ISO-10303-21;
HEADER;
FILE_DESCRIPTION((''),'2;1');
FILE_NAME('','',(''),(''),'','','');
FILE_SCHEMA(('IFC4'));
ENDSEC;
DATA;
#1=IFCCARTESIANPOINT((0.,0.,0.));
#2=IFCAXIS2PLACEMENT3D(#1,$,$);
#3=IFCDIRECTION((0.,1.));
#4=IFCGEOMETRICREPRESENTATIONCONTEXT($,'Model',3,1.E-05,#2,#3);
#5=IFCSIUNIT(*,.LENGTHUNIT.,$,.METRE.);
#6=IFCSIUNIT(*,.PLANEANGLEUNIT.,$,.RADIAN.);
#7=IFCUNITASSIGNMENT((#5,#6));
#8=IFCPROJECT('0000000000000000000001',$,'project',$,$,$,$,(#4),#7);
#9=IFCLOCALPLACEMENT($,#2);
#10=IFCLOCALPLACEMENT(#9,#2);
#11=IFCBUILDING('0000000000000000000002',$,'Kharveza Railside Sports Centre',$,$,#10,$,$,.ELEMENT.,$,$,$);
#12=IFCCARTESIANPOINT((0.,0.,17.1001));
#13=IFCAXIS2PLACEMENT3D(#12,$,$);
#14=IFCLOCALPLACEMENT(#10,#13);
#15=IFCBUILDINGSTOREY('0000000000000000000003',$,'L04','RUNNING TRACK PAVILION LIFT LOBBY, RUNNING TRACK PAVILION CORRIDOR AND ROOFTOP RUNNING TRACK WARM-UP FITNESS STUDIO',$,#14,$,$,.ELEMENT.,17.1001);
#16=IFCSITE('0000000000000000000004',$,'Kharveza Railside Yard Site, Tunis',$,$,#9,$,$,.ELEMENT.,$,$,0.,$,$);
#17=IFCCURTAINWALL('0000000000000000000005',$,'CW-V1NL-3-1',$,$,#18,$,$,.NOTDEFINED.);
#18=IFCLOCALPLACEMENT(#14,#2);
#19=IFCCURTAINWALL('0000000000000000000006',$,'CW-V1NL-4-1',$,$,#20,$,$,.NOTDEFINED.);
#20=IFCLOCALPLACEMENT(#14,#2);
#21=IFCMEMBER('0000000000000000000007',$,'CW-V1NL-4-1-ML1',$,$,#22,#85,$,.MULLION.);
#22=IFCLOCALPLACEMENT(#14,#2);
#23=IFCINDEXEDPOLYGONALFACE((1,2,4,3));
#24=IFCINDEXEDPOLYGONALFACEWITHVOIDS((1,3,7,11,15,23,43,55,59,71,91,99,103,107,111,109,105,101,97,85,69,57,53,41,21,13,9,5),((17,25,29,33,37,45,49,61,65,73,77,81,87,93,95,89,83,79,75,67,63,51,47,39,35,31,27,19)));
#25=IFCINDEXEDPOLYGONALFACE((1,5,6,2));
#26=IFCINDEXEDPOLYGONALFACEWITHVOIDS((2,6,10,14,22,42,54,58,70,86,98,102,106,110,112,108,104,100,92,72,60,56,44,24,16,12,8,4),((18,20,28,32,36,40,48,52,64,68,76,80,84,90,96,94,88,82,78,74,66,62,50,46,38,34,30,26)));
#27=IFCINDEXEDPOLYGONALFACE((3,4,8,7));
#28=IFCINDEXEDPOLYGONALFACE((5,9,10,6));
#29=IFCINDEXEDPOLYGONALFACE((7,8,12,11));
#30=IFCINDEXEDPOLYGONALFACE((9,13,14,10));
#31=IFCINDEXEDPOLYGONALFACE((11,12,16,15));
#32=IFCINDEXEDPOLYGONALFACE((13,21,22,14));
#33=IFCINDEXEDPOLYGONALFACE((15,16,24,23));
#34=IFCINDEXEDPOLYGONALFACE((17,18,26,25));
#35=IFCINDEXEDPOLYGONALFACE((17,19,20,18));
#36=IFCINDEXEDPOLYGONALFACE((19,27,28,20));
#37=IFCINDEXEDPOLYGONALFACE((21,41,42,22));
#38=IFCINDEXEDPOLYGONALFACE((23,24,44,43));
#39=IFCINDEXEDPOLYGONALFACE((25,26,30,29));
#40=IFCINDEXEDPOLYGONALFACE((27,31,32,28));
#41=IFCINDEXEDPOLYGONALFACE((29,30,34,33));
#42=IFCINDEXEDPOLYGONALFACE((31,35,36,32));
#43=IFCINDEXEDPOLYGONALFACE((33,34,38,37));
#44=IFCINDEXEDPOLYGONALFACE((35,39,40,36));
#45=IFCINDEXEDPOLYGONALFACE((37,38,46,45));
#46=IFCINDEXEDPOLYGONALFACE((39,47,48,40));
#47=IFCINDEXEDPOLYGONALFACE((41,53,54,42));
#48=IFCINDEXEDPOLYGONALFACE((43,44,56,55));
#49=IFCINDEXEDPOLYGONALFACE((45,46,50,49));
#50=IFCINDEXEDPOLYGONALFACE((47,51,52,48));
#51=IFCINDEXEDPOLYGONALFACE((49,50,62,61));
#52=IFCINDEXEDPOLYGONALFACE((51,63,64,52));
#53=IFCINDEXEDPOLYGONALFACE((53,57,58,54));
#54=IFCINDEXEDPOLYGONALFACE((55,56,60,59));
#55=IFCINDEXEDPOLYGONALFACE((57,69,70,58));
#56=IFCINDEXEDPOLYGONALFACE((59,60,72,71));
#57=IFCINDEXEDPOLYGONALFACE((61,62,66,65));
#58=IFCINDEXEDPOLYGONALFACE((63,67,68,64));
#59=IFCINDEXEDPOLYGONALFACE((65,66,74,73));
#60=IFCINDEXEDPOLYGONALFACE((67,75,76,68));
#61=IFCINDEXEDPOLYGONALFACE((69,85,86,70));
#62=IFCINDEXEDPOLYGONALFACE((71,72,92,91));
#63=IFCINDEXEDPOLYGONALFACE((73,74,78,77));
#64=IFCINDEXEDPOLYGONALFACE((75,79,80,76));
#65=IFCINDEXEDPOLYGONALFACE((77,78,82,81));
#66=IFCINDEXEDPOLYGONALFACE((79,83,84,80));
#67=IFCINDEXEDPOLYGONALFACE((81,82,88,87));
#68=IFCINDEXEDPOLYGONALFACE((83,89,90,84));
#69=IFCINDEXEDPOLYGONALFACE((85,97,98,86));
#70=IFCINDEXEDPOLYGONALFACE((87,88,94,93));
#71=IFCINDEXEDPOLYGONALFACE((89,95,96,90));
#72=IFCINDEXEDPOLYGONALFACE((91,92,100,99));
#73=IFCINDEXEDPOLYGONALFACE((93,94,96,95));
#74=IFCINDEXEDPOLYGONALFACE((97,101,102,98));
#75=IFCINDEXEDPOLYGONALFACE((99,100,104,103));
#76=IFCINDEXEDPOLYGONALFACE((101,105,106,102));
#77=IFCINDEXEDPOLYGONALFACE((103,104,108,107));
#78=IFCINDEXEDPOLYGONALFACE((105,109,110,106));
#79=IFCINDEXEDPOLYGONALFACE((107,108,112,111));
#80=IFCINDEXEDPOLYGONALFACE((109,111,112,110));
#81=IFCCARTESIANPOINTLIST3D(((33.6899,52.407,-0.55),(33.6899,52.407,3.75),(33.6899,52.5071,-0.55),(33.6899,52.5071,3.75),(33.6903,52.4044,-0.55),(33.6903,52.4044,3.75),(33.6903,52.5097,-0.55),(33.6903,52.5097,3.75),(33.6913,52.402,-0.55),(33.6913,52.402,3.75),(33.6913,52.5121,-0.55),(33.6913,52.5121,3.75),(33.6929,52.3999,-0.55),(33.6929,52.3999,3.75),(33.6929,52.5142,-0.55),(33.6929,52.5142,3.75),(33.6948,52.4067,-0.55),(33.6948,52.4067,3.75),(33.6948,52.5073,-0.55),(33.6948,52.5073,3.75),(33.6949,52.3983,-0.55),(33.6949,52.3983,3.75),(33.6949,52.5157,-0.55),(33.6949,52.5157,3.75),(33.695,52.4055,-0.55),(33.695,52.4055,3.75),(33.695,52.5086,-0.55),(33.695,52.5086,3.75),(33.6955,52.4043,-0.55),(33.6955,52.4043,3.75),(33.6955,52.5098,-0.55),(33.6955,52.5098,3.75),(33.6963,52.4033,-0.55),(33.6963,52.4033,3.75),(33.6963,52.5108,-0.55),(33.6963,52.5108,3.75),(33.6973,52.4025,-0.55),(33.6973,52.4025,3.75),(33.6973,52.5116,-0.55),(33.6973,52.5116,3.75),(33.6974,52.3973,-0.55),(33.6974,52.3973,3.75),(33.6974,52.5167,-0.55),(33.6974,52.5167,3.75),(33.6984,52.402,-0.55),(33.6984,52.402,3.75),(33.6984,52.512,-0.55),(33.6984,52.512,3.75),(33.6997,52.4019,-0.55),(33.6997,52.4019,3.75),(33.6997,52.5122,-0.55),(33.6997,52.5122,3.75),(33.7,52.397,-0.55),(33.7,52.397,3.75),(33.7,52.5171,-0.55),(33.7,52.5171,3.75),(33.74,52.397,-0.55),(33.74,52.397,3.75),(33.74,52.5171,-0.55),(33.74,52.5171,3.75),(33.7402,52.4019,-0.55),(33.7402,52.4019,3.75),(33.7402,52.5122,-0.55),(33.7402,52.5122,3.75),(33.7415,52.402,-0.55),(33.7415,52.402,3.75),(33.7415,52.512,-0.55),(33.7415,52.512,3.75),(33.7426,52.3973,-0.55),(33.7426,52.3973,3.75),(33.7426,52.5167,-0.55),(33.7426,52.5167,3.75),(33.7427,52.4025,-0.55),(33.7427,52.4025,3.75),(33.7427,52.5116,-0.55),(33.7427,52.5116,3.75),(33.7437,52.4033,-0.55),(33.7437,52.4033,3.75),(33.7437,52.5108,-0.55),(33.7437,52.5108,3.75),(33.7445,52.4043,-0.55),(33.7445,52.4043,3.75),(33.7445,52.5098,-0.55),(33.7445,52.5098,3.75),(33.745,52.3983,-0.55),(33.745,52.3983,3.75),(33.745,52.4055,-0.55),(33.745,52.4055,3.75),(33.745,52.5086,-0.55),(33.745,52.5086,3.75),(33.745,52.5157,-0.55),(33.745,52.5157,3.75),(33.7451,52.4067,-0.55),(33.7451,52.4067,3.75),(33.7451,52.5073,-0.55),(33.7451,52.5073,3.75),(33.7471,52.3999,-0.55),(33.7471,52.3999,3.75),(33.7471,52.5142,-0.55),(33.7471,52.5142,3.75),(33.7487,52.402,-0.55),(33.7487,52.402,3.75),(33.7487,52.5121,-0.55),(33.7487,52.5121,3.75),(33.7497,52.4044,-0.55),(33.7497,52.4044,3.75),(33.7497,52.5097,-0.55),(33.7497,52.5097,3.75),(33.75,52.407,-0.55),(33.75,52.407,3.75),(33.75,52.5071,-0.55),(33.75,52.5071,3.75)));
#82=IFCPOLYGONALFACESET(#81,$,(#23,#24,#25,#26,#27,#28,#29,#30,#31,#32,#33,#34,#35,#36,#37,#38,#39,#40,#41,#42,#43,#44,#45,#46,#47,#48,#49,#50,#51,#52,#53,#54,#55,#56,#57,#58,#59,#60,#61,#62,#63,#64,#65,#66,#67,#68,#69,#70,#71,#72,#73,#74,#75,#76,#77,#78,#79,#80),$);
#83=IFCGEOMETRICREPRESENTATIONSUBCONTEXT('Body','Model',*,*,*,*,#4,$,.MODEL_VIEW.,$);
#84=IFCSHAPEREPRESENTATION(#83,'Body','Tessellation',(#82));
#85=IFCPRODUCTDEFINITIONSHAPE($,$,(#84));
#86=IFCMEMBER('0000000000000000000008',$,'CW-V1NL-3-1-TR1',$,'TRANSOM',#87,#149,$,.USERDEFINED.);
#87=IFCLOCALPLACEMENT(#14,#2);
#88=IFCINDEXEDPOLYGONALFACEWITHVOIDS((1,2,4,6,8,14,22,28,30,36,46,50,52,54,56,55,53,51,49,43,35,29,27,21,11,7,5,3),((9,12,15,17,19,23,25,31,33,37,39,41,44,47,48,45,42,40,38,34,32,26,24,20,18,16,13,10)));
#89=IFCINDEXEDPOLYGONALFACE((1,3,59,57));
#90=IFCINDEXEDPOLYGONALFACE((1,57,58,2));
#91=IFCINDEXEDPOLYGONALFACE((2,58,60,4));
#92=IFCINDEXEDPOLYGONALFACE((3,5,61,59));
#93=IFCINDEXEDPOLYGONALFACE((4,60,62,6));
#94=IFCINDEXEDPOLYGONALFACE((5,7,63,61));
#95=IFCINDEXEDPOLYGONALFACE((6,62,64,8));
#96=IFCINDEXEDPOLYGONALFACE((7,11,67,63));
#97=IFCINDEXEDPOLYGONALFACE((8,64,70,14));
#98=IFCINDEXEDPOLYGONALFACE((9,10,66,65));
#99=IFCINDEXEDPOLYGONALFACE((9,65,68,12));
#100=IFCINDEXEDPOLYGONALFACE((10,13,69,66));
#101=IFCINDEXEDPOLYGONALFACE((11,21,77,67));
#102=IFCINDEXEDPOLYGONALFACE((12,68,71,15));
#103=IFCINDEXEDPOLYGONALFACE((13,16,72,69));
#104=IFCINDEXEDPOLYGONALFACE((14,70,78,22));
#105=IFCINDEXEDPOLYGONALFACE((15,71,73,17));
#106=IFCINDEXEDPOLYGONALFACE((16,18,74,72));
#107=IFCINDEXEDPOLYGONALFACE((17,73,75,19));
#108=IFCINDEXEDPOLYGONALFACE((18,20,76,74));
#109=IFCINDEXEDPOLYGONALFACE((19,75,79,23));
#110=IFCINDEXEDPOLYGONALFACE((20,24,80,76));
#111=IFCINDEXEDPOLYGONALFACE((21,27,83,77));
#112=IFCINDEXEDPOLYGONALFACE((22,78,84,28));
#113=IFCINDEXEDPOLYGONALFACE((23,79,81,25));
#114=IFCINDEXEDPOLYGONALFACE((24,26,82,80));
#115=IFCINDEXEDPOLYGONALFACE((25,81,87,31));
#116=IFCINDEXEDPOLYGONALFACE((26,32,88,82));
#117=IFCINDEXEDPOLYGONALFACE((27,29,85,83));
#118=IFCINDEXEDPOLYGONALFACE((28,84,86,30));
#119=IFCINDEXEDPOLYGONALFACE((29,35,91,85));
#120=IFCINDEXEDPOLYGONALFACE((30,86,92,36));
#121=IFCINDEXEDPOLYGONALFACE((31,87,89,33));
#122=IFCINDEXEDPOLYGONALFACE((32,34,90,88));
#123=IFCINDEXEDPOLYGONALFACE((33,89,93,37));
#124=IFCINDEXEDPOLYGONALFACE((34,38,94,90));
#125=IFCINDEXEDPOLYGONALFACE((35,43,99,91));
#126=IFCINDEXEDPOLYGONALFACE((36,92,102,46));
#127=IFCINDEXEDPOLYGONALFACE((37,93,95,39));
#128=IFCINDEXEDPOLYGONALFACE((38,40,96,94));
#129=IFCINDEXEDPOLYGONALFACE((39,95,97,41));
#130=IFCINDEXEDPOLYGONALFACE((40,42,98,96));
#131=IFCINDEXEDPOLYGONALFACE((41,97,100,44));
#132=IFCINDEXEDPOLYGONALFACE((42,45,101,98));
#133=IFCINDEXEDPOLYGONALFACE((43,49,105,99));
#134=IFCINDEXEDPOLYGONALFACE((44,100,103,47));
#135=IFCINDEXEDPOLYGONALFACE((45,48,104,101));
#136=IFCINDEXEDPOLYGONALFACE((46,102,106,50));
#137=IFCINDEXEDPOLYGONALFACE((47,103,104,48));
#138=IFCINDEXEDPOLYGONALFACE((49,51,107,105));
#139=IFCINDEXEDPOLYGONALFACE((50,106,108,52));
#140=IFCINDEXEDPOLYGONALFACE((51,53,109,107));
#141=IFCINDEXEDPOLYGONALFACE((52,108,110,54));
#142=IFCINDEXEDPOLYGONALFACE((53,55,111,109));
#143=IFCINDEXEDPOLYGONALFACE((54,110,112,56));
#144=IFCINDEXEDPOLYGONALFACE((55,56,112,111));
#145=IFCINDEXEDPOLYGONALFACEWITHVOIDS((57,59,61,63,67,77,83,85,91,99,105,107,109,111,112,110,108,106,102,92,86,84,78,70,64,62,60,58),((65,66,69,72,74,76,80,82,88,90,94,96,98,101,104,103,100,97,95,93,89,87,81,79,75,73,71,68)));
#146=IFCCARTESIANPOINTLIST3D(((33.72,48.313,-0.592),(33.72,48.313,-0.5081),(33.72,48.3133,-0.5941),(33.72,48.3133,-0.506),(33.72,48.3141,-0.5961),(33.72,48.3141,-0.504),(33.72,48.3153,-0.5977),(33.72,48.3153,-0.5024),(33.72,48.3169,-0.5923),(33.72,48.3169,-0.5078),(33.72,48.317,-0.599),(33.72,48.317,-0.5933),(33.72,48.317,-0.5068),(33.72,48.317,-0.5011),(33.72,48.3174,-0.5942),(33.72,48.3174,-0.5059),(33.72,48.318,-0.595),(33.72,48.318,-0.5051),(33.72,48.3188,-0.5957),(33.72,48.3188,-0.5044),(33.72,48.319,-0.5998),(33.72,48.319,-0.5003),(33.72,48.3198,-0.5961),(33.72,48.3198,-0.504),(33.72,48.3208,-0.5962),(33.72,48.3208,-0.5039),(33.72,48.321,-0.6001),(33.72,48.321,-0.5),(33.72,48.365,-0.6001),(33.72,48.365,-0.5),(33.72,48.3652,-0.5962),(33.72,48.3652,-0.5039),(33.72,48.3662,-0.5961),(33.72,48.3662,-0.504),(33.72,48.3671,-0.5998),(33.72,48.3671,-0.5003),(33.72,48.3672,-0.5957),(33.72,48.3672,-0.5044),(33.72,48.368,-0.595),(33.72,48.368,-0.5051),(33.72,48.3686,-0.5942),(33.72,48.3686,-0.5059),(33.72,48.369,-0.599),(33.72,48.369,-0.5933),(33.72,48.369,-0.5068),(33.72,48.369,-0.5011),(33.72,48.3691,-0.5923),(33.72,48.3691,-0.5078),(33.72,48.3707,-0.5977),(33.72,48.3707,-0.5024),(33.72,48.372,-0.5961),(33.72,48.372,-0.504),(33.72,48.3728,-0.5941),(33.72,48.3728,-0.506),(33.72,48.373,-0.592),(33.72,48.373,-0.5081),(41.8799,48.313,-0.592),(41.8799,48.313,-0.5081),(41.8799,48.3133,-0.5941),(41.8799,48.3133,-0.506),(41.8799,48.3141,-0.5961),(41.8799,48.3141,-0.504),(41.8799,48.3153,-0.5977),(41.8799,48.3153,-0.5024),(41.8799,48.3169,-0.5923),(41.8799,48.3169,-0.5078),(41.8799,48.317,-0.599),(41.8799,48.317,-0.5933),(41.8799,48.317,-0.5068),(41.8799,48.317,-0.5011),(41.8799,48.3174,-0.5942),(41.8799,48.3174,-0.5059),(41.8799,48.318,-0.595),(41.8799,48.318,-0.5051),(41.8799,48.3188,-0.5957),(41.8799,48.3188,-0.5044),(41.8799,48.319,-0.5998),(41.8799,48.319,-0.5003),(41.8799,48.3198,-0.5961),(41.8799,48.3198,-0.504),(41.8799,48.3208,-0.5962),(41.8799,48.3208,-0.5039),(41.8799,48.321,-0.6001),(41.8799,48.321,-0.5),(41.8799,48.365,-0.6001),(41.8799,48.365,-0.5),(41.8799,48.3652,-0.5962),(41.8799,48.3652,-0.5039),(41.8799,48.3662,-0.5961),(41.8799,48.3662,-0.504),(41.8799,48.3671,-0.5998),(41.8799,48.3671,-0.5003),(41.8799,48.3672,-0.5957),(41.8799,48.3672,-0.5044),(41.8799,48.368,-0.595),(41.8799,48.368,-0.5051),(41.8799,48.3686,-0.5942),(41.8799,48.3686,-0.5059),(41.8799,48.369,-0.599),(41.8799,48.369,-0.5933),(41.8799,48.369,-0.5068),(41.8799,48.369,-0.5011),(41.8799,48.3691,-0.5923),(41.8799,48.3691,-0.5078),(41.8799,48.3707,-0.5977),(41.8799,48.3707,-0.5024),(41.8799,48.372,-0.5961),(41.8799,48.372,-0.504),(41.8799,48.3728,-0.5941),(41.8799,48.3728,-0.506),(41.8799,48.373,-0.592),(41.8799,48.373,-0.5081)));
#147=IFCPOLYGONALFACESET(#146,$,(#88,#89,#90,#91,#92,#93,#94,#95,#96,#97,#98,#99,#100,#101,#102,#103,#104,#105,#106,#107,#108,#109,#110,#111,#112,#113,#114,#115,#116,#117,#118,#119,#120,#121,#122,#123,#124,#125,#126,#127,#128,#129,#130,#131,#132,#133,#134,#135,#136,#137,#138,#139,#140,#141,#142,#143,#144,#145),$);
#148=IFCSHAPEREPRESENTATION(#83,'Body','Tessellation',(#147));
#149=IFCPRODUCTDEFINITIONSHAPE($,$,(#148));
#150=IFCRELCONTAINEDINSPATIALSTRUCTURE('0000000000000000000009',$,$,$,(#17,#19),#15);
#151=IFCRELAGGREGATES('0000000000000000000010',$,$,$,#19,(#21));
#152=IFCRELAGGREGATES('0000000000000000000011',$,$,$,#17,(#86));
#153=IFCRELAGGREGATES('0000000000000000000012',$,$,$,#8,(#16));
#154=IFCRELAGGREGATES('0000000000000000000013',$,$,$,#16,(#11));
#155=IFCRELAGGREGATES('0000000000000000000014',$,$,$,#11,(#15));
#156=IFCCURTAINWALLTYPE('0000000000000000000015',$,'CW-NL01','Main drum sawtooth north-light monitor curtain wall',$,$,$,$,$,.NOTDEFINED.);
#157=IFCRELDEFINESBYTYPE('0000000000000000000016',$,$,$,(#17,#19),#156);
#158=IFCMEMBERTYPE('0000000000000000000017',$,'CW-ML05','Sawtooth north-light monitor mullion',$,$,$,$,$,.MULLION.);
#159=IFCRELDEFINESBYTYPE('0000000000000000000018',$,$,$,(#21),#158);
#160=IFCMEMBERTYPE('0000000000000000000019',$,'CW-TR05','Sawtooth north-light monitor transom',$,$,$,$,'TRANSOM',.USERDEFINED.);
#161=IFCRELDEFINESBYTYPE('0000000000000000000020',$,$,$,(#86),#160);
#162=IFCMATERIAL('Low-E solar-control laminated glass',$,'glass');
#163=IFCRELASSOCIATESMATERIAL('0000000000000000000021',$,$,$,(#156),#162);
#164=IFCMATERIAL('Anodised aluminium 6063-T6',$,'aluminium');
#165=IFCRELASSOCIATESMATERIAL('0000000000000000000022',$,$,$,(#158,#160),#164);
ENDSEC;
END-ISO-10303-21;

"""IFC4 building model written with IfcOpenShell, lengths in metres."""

from ifc_helpers import new_model, si_unit, direction, frame, origin, origin_2d, place, context, subcontext, project, spatial, hollow_rectangle, extrude, material, material_profile, profile_set, type_object, element, aggregate, save


model = new_model("IFC4")

# Units and contexts
model_context = context("Model", 3, precision=1e-05, world=origin(), true_north=direction((0.0, 1.0)))
body_context = subcontext(model_context, "Body", "Model", "MODEL_VIEW")
ifc_project = project(units=[si_unit("LENGTHUNIT", "METRE"), si_unit("PLANEANGLEUNIT", "RADIAN")], contexts=[model_context])

# Site, building, storey
site_placement = place(None, origin())
site = spatial("IfcSite", under=ifc_project, at=site_placement, Name="Kharveza Railside Yard Site, Tunis", CompositionType="ELEMENT", RefElevation=0.0)
building_placement = place(site_placement, origin())
building = spatial("IfcBuilding", under=site, at=building_placement, Name="Kharveza Railside Sports Centre", CompositionType="ELEMENT")
storey_placement = place(building_placement, frame((0.0, 0.0, 17.1001)))
storey = spatial("IfcBuildingStorey", under=building, at=storey_placement, Name="L04", Description="RUNNING TRACK PAVILION LIFT LOBBY, RUNNING TRACK PAVILION CORRIDOR AND ROOFTOP RUNNING TRACK WARM-UP FITNESS STUDIO", CompositionType="ELEMENT", Elevation=17.1001)

# Curtain wall
ifc_material_1 = material(Name="Low-E solar-control laminated glass", Category="glass")
curtain_wall_type = type_object("IfcCurtainWallType", Name="CW-NL01", Description="Main drum sawtooth north-light monitor curtain wall", PredefinedType="NOTDEFINED", material=ifc_material_1)
curtain_wall_1_placement = place(storey_placement, origin())
curtain_wall_1 = element("IfcCurtainWall", 1, at=curtain_wall_1_placement, inside=storey, type_object=curtain_wall_type, Name="CW-V1NL-3-1", PredefinedType="NOTDEFINED")
ifc_material_2 = material(Name="Anodised aluminium 6063-T6", Category="aluminium")
ifc_material_profile_1 = material_profile(ifc_material_2, hollow_rectangle(XDim=0.0601, YDim=0.1201, WallThickness=0.0049, InnerFilletRadius=0.0049, OuterFilletRadius=0.01, at=origin_2d()), Name="RHS 60x120x5.0")
ifc_profile_set_1 = profile_set([ifc_material_profile_1], Name="Anodised aluminium 6063-T6")
member_type_1 = type_object("IfcMemberType", Name="CW-ML05", Description="Sawtooth north-light monitor mullion", PredefinedType="MULLION", material=ifc_profile_set_1)

# Curtain wall, member
curtain_wall_2_placement = place(storey_placement, origin())
curtain_wall_2 = element("IfcCurtainWall", 2, at=curtain_wall_2_placement, inside=storey, type_object=curtain_wall_type, Name="CW-V1NL-4-1", PredefinedType="NOTDEFINED")
member_1_placement = place(storey_placement, frame((33.72, 52.457, -0.55), z_axis=(0.0, 0.0, 1.0), x_axis=(1.0, 0.0, 0.0)))
member_1 = element("IfcMember", 3, at=member_1_placement, type_object=member_type_1, Name="CW-V1NL-4-1-ML1", PredefinedType="MULLION", context=body_context, shape_type="SweptSolid", body=[
    extrude(hollow_rectangle(XDim=0.0601, YDim=0.1201, WallThickness=0.0049, InnerFilletRadius=0.0049, OuterFilletRadius=0.01, at=origin_2d()), origin(), (0.0, 0.0, 1.0), 4.3),
])

# Member
ifc_material_profile_2 = material_profile(ifc_material_2, hollow_rectangle(XDim=0.0601, YDim=0.1001, WallThickness=0.0039, InnerFilletRadius=0.0039, OuterFilletRadius=0.0081, at=origin_2d()), Name="RHS 60x100x4.0")
ifc_profile_set_2 = profile_set([ifc_material_profile_2], Name="Anodised aluminium 6063-T6")
member_type_2 = type_object("IfcMemberType", Name="CW-TR05", Description="Sawtooth north-light monitor transom", ElementType="TRANSOM", PredefinedType="USERDEFINED", material=ifc_profile_set_2)
member_2_placement = place(storey_placement, frame((33.72, 48.343, -0.55), z_axis=(1.0, 0.0, 0.0), x_axis=(0.0, 1.0, 0.0)))
member_2 = element("IfcMember", 4, at=member_2_placement, type_object=member_type_2, Name="CW-V1NL-3-1-TR1", ObjectType="TRANSOM", PredefinedType="USERDEFINED", context=body_context, shape_type="SweptSolid", body=[
    extrude(hollow_rectangle(XDim=0.0601, YDim=0.1001, WallThickness=0.0039, InnerFilletRadius=0.0039, OuterFilletRadius=0.0081, at=origin_2d()), origin(), (0.0, 0.0, 1.0), 8.1599),
])
aggregate(curtain_wall_2, [member_1])

aggregate(curtain_wall_1, [member_2])

save(model, "model.ifc")
